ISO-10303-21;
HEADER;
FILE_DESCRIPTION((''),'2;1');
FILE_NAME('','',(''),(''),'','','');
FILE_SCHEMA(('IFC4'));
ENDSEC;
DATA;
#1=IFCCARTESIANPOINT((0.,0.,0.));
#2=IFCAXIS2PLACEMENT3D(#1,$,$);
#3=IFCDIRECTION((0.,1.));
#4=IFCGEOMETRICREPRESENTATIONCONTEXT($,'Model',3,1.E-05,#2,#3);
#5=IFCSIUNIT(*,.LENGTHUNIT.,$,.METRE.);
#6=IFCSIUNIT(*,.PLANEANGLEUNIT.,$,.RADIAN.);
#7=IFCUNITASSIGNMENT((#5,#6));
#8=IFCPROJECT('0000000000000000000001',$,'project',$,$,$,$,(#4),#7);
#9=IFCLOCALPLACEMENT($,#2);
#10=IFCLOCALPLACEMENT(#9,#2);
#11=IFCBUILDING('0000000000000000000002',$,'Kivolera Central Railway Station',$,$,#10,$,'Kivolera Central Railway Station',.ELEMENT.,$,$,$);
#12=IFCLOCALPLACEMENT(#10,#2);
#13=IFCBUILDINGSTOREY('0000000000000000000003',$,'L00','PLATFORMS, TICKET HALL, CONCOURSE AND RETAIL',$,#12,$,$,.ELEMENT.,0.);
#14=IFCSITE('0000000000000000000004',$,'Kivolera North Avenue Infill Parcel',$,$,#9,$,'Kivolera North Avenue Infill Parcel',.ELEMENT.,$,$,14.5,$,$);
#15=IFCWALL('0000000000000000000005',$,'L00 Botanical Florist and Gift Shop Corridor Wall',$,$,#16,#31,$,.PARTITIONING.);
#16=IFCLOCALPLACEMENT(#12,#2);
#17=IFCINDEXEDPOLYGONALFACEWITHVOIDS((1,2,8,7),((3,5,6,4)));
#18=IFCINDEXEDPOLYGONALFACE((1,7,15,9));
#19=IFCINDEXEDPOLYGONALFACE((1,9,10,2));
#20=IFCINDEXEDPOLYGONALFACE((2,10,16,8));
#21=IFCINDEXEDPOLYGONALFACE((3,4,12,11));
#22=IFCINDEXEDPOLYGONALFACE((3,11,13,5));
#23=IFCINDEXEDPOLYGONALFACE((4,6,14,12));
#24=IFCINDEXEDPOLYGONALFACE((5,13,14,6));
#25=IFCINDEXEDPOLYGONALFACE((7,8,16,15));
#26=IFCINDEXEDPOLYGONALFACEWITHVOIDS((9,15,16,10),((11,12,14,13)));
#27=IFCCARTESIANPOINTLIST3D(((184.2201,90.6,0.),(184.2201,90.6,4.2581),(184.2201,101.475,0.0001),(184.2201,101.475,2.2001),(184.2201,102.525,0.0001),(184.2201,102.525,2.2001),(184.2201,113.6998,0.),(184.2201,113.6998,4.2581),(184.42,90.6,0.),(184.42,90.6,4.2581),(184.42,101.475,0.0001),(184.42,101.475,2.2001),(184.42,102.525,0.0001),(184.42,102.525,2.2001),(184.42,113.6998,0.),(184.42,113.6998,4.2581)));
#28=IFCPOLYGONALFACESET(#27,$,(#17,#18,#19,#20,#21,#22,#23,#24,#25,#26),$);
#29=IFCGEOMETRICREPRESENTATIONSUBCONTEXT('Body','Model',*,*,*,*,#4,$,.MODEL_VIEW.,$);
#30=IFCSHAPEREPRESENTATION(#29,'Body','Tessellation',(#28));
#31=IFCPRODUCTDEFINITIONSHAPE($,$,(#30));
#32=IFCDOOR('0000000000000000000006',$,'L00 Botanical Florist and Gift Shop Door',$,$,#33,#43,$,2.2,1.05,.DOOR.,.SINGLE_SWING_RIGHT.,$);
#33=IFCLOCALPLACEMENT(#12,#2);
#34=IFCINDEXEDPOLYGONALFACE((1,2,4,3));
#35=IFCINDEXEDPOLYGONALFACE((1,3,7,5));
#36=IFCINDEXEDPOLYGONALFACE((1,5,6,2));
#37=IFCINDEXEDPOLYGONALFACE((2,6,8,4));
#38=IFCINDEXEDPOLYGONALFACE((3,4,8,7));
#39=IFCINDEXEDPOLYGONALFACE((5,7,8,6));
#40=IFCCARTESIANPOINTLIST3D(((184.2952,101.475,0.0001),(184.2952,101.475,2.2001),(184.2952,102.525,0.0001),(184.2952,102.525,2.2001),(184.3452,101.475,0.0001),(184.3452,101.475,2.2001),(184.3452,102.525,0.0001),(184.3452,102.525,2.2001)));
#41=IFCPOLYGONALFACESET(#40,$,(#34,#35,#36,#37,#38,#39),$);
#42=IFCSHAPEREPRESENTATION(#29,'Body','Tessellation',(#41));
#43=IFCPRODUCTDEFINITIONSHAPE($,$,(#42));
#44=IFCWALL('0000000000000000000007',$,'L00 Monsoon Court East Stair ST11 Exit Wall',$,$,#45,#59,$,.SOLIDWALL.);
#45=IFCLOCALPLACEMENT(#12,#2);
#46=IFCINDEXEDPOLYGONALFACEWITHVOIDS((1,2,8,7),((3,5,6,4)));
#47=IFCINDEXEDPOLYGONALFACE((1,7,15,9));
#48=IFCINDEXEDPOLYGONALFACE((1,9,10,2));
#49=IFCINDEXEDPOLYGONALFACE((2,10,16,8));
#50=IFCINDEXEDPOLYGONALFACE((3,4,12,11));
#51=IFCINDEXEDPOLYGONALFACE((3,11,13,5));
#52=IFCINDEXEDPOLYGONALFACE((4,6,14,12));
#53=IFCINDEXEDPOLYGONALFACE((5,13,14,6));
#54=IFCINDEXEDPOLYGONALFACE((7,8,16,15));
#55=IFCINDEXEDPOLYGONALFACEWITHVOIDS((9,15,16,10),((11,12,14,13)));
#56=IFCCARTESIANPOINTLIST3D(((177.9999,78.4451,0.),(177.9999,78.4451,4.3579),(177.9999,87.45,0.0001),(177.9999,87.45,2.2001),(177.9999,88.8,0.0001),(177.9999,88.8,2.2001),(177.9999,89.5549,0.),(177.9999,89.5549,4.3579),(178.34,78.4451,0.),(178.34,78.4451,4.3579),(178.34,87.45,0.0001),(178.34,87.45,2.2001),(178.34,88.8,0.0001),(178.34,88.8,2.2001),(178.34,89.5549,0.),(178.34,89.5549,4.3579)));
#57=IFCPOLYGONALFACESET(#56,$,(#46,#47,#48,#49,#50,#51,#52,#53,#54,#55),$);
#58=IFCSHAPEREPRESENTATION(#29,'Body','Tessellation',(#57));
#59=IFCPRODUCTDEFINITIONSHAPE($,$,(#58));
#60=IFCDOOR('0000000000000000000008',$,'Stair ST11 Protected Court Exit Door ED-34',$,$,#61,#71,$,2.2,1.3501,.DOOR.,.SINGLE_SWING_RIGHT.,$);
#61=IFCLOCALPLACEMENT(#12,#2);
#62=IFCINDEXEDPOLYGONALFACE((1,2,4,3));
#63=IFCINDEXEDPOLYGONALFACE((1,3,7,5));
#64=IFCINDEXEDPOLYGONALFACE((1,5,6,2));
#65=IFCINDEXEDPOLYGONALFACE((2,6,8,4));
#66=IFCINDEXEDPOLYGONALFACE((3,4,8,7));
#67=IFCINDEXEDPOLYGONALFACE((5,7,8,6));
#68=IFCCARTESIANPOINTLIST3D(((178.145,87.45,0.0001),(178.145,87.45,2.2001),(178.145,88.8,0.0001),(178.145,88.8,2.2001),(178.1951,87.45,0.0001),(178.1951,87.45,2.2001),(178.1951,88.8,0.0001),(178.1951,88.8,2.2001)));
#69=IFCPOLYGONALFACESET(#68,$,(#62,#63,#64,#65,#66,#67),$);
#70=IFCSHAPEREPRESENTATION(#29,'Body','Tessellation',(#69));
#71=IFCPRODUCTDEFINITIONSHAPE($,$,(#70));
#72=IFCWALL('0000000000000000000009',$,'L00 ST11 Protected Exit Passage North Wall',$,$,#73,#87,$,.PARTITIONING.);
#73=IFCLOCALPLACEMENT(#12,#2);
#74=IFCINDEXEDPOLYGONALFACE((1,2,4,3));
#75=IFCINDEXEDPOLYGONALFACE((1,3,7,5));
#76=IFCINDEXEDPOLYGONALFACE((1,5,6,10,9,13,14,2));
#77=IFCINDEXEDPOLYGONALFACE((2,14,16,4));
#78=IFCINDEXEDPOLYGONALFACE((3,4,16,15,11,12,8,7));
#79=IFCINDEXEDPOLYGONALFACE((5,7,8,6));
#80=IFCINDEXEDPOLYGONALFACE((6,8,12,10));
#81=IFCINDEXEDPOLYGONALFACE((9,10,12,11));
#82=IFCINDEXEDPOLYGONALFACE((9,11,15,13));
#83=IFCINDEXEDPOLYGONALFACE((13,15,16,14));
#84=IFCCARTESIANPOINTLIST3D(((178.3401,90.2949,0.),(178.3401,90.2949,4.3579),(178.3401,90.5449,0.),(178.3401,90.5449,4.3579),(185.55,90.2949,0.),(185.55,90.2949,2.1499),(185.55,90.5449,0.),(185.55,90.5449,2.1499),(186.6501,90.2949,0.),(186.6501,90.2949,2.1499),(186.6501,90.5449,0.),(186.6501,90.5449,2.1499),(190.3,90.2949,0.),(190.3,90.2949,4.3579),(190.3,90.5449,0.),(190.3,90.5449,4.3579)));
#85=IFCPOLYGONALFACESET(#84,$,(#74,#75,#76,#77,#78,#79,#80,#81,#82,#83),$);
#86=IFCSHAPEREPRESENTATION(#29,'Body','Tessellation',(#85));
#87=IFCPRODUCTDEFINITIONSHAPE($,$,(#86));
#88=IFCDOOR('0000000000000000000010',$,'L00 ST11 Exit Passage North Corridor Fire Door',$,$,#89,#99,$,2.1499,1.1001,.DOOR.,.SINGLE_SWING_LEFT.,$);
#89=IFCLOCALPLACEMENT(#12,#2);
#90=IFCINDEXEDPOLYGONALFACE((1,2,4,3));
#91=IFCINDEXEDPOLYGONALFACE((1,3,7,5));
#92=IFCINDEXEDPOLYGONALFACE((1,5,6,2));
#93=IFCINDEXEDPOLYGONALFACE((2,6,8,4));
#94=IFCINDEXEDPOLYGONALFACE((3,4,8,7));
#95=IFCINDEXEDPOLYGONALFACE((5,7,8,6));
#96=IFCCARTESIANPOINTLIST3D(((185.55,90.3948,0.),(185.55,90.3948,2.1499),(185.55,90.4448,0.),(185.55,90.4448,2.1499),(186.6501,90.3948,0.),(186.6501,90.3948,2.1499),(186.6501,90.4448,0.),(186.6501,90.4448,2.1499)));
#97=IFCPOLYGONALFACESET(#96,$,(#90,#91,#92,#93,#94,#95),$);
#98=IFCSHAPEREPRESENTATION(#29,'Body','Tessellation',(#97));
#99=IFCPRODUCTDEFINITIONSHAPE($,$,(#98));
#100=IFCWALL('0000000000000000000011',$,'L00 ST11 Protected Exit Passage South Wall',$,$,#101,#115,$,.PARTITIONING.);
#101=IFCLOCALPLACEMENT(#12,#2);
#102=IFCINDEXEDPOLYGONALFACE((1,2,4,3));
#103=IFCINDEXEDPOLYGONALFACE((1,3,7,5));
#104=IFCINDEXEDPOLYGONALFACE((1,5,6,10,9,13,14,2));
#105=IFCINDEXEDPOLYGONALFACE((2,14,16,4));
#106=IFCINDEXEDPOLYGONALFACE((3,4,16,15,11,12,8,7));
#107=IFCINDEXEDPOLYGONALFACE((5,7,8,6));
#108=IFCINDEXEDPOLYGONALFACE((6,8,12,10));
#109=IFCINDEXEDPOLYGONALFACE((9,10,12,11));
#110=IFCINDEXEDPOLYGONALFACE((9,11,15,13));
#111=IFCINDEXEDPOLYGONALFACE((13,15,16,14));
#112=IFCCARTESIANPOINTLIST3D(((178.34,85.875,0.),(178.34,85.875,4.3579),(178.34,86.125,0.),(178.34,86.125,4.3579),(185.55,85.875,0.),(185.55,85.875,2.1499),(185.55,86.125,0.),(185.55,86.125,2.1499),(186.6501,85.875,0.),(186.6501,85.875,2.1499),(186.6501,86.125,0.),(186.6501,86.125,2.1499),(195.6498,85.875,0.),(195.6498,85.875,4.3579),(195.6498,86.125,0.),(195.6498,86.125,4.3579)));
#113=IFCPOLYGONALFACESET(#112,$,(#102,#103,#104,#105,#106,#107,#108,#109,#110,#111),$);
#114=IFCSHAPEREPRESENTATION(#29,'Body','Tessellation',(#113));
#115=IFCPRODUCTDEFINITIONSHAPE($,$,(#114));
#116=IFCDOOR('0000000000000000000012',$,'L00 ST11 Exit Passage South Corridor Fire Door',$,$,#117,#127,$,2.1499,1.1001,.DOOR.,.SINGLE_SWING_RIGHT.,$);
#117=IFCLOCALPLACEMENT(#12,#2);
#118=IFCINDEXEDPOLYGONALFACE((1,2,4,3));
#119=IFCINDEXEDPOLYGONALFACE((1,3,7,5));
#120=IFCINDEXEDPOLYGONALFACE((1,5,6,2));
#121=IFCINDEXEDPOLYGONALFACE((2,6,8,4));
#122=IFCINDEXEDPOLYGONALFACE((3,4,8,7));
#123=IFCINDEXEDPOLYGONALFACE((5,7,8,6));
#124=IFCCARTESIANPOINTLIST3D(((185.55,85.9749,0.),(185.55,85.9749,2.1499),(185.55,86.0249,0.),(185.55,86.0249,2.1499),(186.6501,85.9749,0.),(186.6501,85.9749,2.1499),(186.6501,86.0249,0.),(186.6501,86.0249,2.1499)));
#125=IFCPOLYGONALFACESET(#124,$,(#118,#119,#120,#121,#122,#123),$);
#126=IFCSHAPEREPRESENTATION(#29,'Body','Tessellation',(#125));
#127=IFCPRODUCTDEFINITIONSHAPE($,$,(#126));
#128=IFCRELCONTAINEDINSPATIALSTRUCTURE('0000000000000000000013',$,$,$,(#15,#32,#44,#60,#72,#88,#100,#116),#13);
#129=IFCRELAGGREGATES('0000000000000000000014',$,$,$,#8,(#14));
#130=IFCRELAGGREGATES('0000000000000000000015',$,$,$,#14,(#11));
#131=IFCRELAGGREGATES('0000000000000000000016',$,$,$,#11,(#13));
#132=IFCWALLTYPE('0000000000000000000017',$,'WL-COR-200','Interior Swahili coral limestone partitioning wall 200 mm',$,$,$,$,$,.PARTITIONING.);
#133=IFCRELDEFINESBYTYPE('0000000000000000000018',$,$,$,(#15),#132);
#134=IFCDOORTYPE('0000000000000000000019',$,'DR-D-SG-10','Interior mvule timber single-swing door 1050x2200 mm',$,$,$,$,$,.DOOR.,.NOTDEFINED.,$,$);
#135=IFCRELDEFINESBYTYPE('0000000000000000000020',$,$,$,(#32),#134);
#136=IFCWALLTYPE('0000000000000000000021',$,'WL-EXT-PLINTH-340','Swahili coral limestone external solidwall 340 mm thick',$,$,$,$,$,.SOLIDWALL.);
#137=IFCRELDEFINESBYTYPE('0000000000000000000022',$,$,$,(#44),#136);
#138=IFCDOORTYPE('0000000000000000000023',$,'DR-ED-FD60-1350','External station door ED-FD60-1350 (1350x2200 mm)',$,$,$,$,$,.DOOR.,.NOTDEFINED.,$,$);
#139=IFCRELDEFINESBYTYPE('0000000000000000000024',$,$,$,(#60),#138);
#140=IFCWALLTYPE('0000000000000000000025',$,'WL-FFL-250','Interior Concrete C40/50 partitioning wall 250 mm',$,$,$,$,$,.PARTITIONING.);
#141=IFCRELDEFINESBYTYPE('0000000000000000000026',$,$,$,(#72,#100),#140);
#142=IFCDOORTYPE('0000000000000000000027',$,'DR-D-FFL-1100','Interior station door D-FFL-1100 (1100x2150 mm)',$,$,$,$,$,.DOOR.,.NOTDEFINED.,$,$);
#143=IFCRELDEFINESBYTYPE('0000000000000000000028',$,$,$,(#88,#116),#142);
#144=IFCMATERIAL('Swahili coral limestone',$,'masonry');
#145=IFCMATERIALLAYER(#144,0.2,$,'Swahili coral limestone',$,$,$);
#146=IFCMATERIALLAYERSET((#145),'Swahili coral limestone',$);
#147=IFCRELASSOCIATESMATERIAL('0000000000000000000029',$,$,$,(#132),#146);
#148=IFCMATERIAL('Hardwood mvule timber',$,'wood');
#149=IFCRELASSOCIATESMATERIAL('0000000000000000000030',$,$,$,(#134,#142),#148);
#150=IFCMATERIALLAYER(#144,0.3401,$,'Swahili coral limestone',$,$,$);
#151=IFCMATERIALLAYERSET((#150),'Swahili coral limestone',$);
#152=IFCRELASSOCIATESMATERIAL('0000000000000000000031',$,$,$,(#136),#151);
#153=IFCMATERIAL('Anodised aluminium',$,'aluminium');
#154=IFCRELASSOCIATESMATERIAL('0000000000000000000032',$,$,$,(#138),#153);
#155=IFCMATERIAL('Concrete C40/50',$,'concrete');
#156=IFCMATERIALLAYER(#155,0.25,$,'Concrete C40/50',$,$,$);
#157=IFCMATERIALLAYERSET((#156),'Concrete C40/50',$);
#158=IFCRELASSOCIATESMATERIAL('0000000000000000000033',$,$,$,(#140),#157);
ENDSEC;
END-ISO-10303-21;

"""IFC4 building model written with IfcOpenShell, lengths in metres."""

from ifc_helpers import new_model, si_unit, direction, frame, frame_2d, origin, place, context, subcontext, project, spatial, rectangle, extrude, material, layer, layer_set, type_object, element, fill, save


model = new_model("IFC4")

# Units and contexts
model_context = context("Model", 3, precision=1e-05, world=origin(), true_north=direction((0.0, 1.0)))
body_context = subcontext(model_context, "Body", "Model", "MODEL_VIEW")
ifc_project = project(units=[si_unit("LENGTHUNIT", "METRE"), si_unit("PLANEANGLEUNIT", "RADIAN")], contexts=[model_context])

# Site, building, storey
site_placement = place(None, origin())
site = spatial("IfcSite", under=ifc_project, at=site_placement, Name="Kivolera North Avenue Infill Parcel", LongName="Kivolera North Avenue Infill Parcel", CompositionType="ELEMENT", RefElevation=14.5)
building_placement = place(site_placement, origin())
building = spatial("IfcBuilding", under=site, at=building_placement, Name="Kivolera Central Railway Station", LongName="Kivolera Central Railway Station", CompositionType="ELEMENT")
storey_placement = place(building_placement, origin())
storey = spatial("IfcBuildingStorey", under=building, at=storey_placement, Name="L00", Description="PLATFORMS, TICKET HALL, CONCOURSE AND RETAIL", CompositionType="ELEMENT", Elevation=0.0)

# Shared definitions
ifc_material_1 = material(Name="Concrete C40/50", Category="concrete")

# Walls, openings, doors
ifc_material_2 = material(Name="Swahili coral limestone", Category="masonry")
ifc_layer_1 = layer(ifc_material_2, 0.2, Name="Swahili coral limestone")
ifc_layer_set_1 = layer_set([ifc_layer_1], Name="Swahili coral limestone")
wall_type_1 = type_object("IfcWallType", Name="WL-COR-200", Description="Interior Swahili coral limestone partitioning wall 200 mm", PredefinedType="PARTITIONING", material=ifc_layer_set_1)
wall_1_placement = place(storey_placement, frame((184.3201, 90.6001, 0.0), z_axis=(0.0, 0.0, 1.0), x_axis=(0.0, 1.0, 0.0)))
wall_1 = element("IfcWall", 1, at=wall_1_placement, inside=storey, type_object=wall_type_1, Name="L00 Botanical Florist and Gift Shop Corridor Wall", PredefinedType="PARTITIONING", context=body_context, shape_type="SweptSolid", body=[
    extrude(rectangle(XDim=23.0999, YDim=0.2, at=frame_2d((11.5498, 0.0))), origin(), (0.0, 0.0, 1.0), 4.2581),
])
opening_1_placement = place(wall_1_placement, frame((10.875, 0.0, 0.0)))
opening_1 = element("IfcOpeningElement", 2, at=opening_1_placement, cuts=wall_1, PredefinedType="OPENING", context=body_context, shape_type="SweptSolid", body=[
    extrude(rectangle(XDim=1.05, YDim=2.2, at=frame_2d((0.5249, 1.1001))), frame((0.0, 0.1099, 0.0), z_axis=(0.0, -1.0, 0.0), x_axis=(1.0, 0.0, 0.0)), (0.0, 0.0, 1.0), 0.22),
])
ifc_material_3 = material(Name="Hardwood mvule timber", Category="wood")
door_type_1 = type_object("IfcDoorType", Name="DR-D-SG-10", Description="Interior mvule timber single-swing door 1050x2200 mm", OperationType="NOTDEFINED", PredefinedType="DOOR", material=ifc_material_3)
door_1_placement = place(opening_1_placement, origin())
door_1 = element("IfcDoor", 3, at=door_1_placement, inside=storey, type_object=door_type_1, Name="L00 Botanical Florist and Gift Shop Door", OperationType="SINGLE_SWING_RIGHT", OverallHeight=2.2, OverallWidth=1.05, PredefinedType="DOOR", context=body_context, shape_type="SweptSolid", body=[
    extrude(rectangle(XDim=1.05, YDim=2.2, at=frame_2d((0.5249, 1.1001))), frame((0.0, 0.0249, 0.0), z_axis=(0.0, -1.0, 0.0), x_axis=(1.0, 0.0, 0.0)), (0.0, 0.0, 1.0), 0.05),
])
fill(opening_1, door_1)
ifc_layer_2 = layer(ifc_material_2, 0.3401, Name="Swahili coral limestone")
ifc_layer_set_2 = layer_set([ifc_layer_2], Name="Swahili coral limestone")
wall_type_2 = type_object("IfcWallType", Name="WL-EXT-PLINTH-340", Description="Swahili coral limestone external solidwall 340 mm thick", PredefinedType="SOLIDWALL", material=ifc_layer_set_2)
wall_2_placement = place(storey_placement, frame((178.1699, 78.4451, 0.0), z_axis=(0.0, 0.0, 1.0), x_axis=(0.0, 1.0, 0.0)))
wall_2 = element("IfcWall", 4, at=wall_2_placement, inside=storey, type_object=wall_type_2, Name="L00 Monsoon Court East Stair ST11 Exit Wall", PredefinedType="SOLIDWALL", context=body_context, shape_type="SweptSolid", body=[
    extrude(rectangle(XDim=11.1099, YDim=0.3401, at=frame_2d((5.5549, 0.0))), origin(), (0.0, 0.0, 1.0), 4.3579),
])
opening_2_placement = place(wall_2_placement, frame((9.0049, 0.0, 0.0)))
opening_2 = element("IfcOpeningElement", 5, at=opening_2_placement, cuts=wall_2, PredefinedType="OPENING", context=body_context, shape_type="SweptSolid", body=[
    extrude(rectangle(XDim=1.3501, YDim=2.2, at=frame_2d((0.675, 1.1001))), frame((0.0, 0.1799, 0.0), z_axis=(0.0, -1.0, 0.0), x_axis=(1.0, 0.0, 0.0)), (0.0, 0.0, 1.0), 0.3601),
])
ifc_material_4 = material(Name="Anodised aluminium", Category="aluminium")
door_type_2 = type_object("IfcDoorType", Name="DR-ED-FD60-1350", Description="External station door ED-FD60-1350 (1350x2200 mm)", OperationType="NOTDEFINED", PredefinedType="DOOR", material=ifc_material_4)
door_2_placement = place(opening_2_placement, origin())
door_2 = element("IfcDoor", 6, at=door_2_placement, inside=storey, type_object=door_type_2, Name="Stair ST11 Protected Court Exit Door ED-34", OperationType="SINGLE_SWING_RIGHT", OverallHeight=2.2, OverallWidth=1.3501, PredefinedType="DOOR", context=body_context, shape_type="SweptSolid", body=[
    extrude(rectangle(XDim=1.3501, YDim=2.2, at=frame_2d((0.675, 1.1001))), frame((0.0, 0.0249, 0.0), z_axis=(0.0, -1.0, 0.0), x_axis=(1.0, 0.0, 0.0)), (0.0, 0.0, 1.0), 0.05),
])
fill(opening_2, door_2)
ifc_layer_3 = layer(ifc_material_1, 0.25, Name="Concrete C40/50")
ifc_layer_set_3 = layer_set([ifc_layer_3], Name="Concrete C40/50")
wall_type_3 = type_object("IfcWallType", Name="WL-FFL-250", Description="Interior Concrete C40/50 partitioning wall 250 mm", PredefinedType="PARTITIONING", material=ifc_layer_set_3)
wall_3_placement = place(storey_placement, frame((178.3401, 90.4199, 0.0), z_axis=(0.0, 0.0, 1.0), x_axis=(1.0, 0.0, 0.0)))
wall_3 = element("IfcWall", 7, at=wall_3_placement, inside=storey, type_object=wall_type_3, Name="L00 ST11 Protected Exit Passage North Wall", PredefinedType="PARTITIONING", context=body_context, shape_type="SweptSolid", body=[
    extrude(rectangle(XDim=11.96, YDim=0.25, at=frame_2d((5.98, 0.0))), origin(), (0.0, 0.0, 1.0), 4.3579),
])
opening_3_placement = place(wall_3_placement, frame((7.21, 0.0, 0.0)))
opening_3 = element("IfcOpeningElement", 8, at=opening_3_placement, cuts=wall_3, PredefinedType="OPENING", context=body_context, shape_type="SweptSolid", body=[
    extrude(rectangle(XDim=1.1001, YDim=2.1499, at=frame_2d((0.55, 1.075))), frame((0.0, 0.135, 0.0), z_axis=(0.0, -1.0, 0.0), x_axis=(1.0, 0.0, 0.0)), (0.0, 0.0, 1.0), 0.27),
])
door_type_3 = type_object("IfcDoorType", Name="DR-D-FFL-1100", Description="Interior station door D-FFL-1100 (1100x2150 mm)", OperationType="NOTDEFINED", PredefinedType="DOOR", material=ifc_material_3)
door_3_placement = place(opening_3_placement, origin())
door_3 = element("IfcDoor", 9, at=door_3_placement, inside=storey, type_object=door_type_3, Name="L00 ST11 Exit Passage North Corridor Fire Door", OperationType="SINGLE_SWING_LEFT", OverallHeight=2.1499, OverallWidth=1.1001, PredefinedType="DOOR", context=body_context, shape_type="SweptSolid", body=[
    extrude(rectangle(XDim=1.1001, YDim=2.1499, at=frame_2d((0.55, 1.075))), frame((0.0, 0.0249, 0.0), z_axis=(0.0, -1.0, 0.0), x_axis=(1.0, 0.0, 0.0)), (0.0, 0.0, 1.0), 0.05),
])
fill(opening_3, door_3)
wall_4_placement = place(storey_placement, frame((178.3401, 86.0, 0.0), z_axis=(0.0, 0.0, 1.0), x_axis=(1.0, 0.0, 0.0)))
wall_4 = element("IfcWall", 10, at=wall_4_placement, inside=storey, type_object=wall_type_3, Name="L00 ST11 Protected Exit Passage South Wall", PredefinedType="PARTITIONING", context=body_context, shape_type="SweptSolid", body=[
    extrude(rectangle(XDim=17.3098, YDim=0.25, at=frame_2d((8.6548, 0.0))), origin(), (0.0, 0.0, 1.0), 4.3579),
])
opening_4_placement = place(wall_4_placement, frame((7.21, 0.0, 0.0)))
opening_4 = element("IfcOpeningElement", 11, at=opening_4_placement, cuts=wall_4, PredefinedType="OPENING", context=body_context, shape_type="SweptSolid", body=[
    extrude(rectangle(XDim=1.1001, YDim=2.1499, at=frame_2d((0.55, 1.075))), frame((0.0, 0.135, 0.0), z_axis=(0.0, -1.0, 0.0), x_axis=(1.0, 0.0, 0.0)), (0.0, 0.0, 1.0), 0.27),
])
door_4_placement = place(opening_4_placement, origin())
door_4 = element("IfcDoor", 12, at=door_4_placement, inside=storey, type_object=door_type_3, Name="L00 ST11 Exit Passage South Corridor Fire Door", OperationType="SINGLE_SWING_RIGHT", OverallHeight=2.1499, OverallWidth=1.1001, PredefinedType="DOOR", context=body_context, shape_type="SweptSolid", body=[
    extrude(rectangle(XDim=1.1001, YDim=2.1499, at=frame_2d((0.55, 1.075))), frame((0.0, 0.0249, 0.0), z_axis=(0.0, -1.0, 0.0), x_axis=(1.0, 0.0, 0.0)), (0.0, 0.0, 1.0), 0.05),
])
fill(opening_4, door_4)

save(model, "model.ifc")
